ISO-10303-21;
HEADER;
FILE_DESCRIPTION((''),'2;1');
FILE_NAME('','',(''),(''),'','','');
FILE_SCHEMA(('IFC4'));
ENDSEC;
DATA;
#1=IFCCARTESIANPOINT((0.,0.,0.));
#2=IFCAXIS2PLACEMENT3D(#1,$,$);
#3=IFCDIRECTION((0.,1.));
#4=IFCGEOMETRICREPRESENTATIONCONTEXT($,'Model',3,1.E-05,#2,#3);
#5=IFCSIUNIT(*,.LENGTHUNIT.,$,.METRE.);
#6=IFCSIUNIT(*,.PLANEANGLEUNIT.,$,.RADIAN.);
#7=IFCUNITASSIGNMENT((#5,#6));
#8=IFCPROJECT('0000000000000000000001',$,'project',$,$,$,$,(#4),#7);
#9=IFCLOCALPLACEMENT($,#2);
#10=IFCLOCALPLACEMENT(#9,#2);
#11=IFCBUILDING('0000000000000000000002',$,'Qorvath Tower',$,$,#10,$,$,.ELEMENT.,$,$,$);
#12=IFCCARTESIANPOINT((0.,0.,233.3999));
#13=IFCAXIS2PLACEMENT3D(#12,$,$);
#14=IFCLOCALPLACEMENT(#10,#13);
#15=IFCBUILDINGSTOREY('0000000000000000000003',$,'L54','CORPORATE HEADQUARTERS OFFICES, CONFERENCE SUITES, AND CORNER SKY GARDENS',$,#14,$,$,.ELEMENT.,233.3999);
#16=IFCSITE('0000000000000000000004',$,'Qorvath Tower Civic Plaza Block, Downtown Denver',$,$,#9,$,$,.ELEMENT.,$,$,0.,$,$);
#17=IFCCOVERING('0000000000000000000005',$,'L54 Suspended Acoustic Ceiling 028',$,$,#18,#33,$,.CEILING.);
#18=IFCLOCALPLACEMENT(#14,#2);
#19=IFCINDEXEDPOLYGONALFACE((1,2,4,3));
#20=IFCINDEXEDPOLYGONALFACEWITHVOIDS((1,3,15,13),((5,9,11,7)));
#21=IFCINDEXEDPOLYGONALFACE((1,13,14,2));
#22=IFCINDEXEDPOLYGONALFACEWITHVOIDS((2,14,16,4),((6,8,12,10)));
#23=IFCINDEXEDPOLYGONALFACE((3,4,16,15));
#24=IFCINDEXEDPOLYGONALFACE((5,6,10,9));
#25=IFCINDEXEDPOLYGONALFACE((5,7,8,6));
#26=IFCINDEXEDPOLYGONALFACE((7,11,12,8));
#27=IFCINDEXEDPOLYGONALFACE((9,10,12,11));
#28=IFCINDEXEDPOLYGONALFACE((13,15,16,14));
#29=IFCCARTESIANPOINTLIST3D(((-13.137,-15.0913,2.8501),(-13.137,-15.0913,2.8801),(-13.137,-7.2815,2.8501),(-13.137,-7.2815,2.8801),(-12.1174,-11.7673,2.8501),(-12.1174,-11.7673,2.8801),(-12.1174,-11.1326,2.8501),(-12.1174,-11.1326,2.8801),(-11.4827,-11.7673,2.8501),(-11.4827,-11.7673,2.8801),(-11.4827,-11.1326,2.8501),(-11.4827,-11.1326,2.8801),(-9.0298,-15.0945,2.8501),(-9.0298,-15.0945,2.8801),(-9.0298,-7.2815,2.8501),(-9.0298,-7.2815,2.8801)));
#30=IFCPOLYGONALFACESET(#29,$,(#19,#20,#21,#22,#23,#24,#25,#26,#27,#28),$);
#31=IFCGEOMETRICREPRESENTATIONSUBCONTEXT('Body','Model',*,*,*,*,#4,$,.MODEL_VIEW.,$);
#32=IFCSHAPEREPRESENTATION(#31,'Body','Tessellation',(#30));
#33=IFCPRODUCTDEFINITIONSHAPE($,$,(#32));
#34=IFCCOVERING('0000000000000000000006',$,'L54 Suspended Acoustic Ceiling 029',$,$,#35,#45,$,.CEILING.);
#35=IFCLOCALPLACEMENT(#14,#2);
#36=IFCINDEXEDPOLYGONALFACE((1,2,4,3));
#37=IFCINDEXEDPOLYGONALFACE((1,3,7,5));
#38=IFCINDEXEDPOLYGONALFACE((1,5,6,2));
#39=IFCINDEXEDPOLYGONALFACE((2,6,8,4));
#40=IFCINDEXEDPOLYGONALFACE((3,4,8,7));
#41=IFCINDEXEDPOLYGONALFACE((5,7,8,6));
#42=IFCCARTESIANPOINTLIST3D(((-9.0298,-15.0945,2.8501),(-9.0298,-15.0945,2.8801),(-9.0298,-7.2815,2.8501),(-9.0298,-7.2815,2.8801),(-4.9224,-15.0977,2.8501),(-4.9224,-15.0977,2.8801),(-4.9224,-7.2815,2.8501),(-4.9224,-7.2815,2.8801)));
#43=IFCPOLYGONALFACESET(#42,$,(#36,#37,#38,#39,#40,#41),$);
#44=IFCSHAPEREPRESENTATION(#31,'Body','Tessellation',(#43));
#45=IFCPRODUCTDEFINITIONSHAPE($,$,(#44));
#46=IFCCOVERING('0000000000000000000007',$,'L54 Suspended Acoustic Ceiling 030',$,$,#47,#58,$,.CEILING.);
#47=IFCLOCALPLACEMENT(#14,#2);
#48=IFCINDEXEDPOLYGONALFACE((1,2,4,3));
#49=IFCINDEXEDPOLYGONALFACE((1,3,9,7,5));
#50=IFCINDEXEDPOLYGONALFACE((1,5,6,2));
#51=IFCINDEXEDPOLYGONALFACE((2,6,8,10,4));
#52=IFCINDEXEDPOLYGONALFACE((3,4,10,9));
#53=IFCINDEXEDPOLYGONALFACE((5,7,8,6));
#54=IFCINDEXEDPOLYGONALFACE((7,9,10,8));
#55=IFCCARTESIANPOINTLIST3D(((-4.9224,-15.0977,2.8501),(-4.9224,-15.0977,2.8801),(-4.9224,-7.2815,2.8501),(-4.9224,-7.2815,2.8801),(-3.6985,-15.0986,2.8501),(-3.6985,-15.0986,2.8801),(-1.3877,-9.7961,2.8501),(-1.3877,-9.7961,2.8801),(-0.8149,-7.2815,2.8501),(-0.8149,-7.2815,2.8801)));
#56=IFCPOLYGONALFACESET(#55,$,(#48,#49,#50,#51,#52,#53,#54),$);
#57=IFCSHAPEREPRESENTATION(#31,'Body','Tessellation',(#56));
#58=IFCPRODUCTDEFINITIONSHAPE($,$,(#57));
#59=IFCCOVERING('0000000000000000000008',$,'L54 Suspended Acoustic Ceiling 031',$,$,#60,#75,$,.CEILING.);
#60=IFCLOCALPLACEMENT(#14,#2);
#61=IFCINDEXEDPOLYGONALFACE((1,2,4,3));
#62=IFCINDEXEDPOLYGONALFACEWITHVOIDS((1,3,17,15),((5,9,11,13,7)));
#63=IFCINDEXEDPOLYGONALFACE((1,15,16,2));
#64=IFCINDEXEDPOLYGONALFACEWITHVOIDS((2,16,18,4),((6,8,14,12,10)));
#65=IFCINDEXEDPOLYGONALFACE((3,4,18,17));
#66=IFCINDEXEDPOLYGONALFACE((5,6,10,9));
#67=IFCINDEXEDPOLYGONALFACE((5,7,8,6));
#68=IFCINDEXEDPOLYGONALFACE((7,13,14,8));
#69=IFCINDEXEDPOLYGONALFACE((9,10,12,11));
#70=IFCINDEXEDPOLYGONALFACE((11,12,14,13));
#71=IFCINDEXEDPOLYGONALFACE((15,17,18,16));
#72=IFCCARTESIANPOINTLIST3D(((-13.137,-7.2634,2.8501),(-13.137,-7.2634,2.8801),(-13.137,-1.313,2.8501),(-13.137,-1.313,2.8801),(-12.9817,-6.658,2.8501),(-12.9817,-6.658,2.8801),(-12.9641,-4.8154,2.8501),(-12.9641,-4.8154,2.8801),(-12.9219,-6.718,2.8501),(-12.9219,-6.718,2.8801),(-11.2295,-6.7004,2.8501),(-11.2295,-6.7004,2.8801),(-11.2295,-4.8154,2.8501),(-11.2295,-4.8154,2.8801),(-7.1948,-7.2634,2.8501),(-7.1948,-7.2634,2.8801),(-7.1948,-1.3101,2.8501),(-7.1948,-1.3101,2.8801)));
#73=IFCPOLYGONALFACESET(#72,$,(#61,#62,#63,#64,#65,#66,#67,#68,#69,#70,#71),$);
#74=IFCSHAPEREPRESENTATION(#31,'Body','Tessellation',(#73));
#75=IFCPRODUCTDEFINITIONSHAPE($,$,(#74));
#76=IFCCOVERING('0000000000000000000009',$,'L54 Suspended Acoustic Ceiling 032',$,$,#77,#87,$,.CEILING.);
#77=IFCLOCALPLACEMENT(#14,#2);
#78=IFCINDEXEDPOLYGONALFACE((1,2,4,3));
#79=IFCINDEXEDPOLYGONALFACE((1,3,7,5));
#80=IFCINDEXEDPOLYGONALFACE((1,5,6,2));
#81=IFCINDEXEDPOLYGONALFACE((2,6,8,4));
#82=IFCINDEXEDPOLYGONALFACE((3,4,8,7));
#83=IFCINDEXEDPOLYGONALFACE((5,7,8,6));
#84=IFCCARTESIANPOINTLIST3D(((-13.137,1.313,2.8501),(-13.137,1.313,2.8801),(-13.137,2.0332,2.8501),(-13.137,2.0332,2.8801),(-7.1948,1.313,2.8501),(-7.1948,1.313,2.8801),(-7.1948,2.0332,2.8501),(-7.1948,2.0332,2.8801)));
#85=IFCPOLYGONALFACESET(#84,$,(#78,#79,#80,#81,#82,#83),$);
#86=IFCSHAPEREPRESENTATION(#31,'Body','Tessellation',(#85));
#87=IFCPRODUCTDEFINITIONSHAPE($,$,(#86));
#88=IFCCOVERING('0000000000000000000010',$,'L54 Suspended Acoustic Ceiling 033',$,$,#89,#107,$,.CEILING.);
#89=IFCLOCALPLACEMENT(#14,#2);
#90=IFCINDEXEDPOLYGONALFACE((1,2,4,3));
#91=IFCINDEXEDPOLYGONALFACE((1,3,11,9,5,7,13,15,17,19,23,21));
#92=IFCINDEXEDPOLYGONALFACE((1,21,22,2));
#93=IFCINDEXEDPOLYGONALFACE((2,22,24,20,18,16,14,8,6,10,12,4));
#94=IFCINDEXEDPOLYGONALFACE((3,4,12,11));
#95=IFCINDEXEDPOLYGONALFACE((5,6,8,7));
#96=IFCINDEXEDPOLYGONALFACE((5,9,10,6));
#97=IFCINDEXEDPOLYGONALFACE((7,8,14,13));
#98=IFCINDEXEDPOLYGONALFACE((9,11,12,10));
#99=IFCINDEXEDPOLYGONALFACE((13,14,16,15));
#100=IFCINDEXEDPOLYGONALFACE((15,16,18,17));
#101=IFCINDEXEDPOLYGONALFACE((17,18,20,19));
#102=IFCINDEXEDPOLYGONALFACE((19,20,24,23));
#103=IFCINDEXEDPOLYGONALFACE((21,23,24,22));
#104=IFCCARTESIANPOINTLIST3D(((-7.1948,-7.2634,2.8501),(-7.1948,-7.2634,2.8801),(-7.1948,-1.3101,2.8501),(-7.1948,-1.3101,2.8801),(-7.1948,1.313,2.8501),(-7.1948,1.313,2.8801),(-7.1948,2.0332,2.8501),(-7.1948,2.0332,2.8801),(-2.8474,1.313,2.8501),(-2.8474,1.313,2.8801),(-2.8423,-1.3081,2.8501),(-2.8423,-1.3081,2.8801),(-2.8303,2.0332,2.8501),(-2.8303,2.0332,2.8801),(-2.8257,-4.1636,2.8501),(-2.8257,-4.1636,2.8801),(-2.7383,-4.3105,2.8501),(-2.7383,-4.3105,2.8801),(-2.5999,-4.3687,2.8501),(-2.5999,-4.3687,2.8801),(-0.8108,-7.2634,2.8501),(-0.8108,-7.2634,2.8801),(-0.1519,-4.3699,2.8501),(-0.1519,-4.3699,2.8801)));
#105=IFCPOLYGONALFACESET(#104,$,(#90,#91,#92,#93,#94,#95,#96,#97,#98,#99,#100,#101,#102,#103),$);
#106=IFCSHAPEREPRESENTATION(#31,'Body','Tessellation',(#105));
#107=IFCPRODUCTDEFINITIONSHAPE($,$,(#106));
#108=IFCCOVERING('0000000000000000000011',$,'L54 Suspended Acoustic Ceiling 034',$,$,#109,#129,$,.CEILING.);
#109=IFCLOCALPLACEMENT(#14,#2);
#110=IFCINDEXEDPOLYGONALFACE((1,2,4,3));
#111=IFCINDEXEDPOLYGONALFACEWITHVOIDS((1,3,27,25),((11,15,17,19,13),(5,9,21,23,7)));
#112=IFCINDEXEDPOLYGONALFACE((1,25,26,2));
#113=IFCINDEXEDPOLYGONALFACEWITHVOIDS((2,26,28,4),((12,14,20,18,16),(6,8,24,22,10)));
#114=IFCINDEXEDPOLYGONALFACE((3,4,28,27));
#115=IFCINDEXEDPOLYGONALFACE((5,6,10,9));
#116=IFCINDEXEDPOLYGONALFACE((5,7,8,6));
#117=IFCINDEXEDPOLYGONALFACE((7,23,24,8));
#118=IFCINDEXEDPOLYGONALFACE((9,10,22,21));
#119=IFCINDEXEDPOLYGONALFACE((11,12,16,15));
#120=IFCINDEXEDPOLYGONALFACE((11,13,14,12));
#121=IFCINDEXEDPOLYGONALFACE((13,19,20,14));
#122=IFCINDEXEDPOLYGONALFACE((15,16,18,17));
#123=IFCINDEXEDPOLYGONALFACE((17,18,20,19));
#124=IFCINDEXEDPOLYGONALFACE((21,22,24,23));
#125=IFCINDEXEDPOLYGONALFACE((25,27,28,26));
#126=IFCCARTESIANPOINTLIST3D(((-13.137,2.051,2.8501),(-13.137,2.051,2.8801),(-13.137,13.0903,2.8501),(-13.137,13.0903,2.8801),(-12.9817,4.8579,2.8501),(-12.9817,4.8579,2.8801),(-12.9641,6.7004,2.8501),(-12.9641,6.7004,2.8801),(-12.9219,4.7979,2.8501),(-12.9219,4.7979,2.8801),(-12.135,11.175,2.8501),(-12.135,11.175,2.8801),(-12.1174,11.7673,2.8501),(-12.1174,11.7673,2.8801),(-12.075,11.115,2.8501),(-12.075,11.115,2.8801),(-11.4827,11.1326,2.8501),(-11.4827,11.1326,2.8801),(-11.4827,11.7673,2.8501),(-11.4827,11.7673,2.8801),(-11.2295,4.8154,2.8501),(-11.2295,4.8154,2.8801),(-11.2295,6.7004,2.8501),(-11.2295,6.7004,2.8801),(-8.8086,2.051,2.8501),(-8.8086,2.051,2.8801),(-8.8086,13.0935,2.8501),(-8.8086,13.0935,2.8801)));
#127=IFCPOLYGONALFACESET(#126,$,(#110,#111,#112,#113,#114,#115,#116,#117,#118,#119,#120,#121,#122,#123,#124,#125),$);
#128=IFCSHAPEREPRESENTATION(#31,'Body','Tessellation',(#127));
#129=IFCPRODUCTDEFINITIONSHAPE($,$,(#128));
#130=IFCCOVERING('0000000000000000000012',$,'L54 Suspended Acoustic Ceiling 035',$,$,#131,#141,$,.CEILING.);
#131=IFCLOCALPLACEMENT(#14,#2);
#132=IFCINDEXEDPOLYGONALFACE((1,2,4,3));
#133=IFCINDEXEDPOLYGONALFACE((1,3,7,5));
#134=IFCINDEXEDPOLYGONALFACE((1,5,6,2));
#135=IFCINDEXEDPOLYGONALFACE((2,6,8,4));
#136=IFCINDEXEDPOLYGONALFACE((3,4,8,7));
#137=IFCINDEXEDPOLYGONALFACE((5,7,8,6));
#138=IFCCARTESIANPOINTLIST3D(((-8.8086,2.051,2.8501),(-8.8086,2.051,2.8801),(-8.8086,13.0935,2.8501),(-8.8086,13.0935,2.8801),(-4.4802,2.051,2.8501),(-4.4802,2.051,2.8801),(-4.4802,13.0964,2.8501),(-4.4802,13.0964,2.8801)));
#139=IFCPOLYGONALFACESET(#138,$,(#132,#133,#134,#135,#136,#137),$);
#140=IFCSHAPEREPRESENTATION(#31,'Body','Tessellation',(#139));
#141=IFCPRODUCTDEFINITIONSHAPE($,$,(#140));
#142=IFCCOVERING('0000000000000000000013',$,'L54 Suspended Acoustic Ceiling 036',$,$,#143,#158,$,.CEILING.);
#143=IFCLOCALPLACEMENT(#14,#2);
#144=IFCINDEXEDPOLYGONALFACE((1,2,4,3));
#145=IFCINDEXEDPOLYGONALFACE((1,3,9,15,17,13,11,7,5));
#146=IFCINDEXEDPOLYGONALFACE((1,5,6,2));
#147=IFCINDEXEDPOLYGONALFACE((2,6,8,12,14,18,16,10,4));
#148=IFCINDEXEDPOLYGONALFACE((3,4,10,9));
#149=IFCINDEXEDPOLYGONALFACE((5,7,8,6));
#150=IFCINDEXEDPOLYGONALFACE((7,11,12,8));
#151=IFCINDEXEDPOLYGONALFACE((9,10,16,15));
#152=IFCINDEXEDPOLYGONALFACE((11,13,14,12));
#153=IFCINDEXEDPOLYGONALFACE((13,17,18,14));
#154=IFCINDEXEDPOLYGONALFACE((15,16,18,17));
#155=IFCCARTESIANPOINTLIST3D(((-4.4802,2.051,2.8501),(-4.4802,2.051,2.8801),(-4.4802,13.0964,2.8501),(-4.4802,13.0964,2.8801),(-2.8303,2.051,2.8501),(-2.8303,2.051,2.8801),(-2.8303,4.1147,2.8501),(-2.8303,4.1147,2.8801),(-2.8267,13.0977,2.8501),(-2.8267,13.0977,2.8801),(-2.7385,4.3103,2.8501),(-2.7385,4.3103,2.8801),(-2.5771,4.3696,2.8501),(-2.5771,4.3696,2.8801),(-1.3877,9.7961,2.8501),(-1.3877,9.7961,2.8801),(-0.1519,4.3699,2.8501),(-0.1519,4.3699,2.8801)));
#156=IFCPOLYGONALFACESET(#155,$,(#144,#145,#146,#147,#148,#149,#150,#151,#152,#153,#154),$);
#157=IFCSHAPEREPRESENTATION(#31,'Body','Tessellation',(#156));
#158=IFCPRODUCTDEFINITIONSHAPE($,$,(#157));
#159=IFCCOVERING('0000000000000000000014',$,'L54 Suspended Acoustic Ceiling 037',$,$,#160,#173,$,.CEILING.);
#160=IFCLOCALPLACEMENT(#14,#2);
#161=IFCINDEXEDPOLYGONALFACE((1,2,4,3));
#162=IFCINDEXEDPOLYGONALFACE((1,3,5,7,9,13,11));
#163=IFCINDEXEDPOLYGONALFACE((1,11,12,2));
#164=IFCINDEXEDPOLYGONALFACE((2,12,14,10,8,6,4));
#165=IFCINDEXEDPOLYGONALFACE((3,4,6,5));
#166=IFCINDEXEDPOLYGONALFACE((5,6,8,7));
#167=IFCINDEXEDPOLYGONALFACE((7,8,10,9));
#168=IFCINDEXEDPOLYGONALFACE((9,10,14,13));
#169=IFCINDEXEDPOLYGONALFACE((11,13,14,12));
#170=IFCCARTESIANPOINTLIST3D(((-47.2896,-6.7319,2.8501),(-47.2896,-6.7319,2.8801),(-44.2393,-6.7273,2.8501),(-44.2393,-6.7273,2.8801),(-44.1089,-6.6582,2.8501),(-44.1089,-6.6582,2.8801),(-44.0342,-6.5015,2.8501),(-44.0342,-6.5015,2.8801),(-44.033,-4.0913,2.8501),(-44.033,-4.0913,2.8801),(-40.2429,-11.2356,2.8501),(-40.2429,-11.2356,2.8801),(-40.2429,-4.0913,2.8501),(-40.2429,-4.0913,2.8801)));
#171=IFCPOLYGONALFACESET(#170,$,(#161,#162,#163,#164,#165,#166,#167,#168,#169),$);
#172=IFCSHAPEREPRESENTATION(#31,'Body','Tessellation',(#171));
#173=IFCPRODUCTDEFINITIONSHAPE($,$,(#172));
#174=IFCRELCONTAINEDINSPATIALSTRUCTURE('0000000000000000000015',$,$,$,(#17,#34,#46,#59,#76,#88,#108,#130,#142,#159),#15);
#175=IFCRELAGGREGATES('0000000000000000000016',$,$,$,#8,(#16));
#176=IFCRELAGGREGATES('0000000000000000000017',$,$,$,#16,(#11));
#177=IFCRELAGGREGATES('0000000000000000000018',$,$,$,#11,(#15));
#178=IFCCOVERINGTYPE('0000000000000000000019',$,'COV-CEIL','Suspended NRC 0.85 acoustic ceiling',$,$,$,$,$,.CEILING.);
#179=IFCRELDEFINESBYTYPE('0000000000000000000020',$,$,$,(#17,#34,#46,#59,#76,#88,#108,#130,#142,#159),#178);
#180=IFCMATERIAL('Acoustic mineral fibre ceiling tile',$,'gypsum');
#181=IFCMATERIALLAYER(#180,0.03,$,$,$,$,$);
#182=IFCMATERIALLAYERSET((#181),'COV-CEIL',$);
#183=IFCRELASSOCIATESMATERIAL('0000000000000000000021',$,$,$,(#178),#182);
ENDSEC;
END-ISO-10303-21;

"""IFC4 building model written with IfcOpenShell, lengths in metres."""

from ifc_helpers import new_model, si_unit, direction, frame, origin, place, context, subcontext, project, spatial, polyline, outline, extrude, material, layer, layer_set, type_object, element, save


model = new_model("IFC4")

# Units and contexts
model_context = context("Model", 3, precision=1e-05, world=origin(), true_north=direction((0.0, 1.0)))
body_context = subcontext(model_context, "Body", "Model", "MODEL_VIEW")
ifc_project = project(units=[si_unit("LENGTHUNIT", "METRE"), si_unit("PLANEANGLEUNIT", "RADIAN")], contexts=[model_context])

# Site, building, storey
site_placement = place(None, origin())
site = spatial("IfcSite", under=ifc_project, at=site_placement, Name="Qorvath Tower Civic Plaza Block, Downtown Denver", CompositionType="ELEMENT", RefElevation=0.0)
building_placement = place(site_placement, origin())
building = spatial("IfcBuilding", under=site, at=building_placement, Name="Qorvath Tower", CompositionType="ELEMENT")
storey_placement = place(building_placement, frame((0.0, 0.0, 233.3999)))
storey = spatial("IfcBuildingStorey", under=building, at=storey_placement, Name="L54", Description="CORPORATE HEADQUARTERS OFFICES, CONFERENCE SUITES, AND CORNER SKY GARDENS", CompositionType="ELEMENT", Elevation=233.3999)

# Coverings
ifc_material_1 = material(Name="Acoustic mineral fibre ceiling tile", Category="gypsum")
ifc_layer_1 = layer(ifc_material_1, 0.03)
ifc_layer_set_1 = layer_set([ifc_layer_1], Name="COV-CEIL")
covering_type_1 = type_object("IfcCoveringType", Name="COV-CEIL", Description="Suspended NRC 0.85 acoustic ceiling", PredefinedType="CEILING", material=ifc_layer_set_1)
covering_1_placement = place(storey_placement, frame((0.0, 0.0, 2.8501)))
element("IfcCovering", 1, at=covering_1_placement, inside=storey, type_object=covering_type_1, Name="L54 Suspended Acoustic Ceiling 028", PredefinedType="CEILING", context=body_context, shape_type="SweptSolid", body=[
    extrude(outline(polyline([(-13.137, -7.2815), (-13.137, -15.0913), (-9.0298, -15.0945), (-9.0298, -7.2815), (-13.137, -7.2815)]), holes=[polyline([(-12.1174, -11.7673), (-12.1174, -11.1326), (-11.4827, -11.1326), (-11.4827, -11.7673), (-12.1174, -11.7673)])]), origin(), (0.0, 0.0, 1.0), 0.03),
])
covering_2_placement = place(storey_placement, frame((0.0, 0.0, 2.8501)))
element("IfcCovering", 2, at=covering_2_placement, inside=storey, type_object=covering_type_1, Name="L54 Suspended Acoustic Ceiling 029", PredefinedType="CEILING", context=body_context, shape_type="SweptSolid", body=[
    extrude(outline(polyline([(-9.0298, -7.2815), (-9.0298, -15.0945), (-4.9224, -15.0977), (-4.9224, -7.2815), (-9.0298, -7.2815)])), origin(), (0.0, 0.0, 1.0), 0.03),
])
covering_3_placement = place(storey_placement, frame((0.0, 0.0, 2.8501)))
element("IfcCovering", 3, at=covering_3_placement, inside=storey, type_object=covering_type_1, Name="L54 Suspended Acoustic Ceiling 030", PredefinedType="CEILING", context=body_context, shape_type="SweptSolid", body=[
    extrude(outline(polyline([(-4.9224, -7.2815), (-4.9224, -15.0977), (-3.6985, -15.0986), (-1.3877, -9.7961), (-0.8149, -7.2815), (-4.9224, -7.2815)])), origin(), (0.0, 0.0, 1.0), 0.03),
])
covering_4_placement = place(storey_placement, frame((0.0, 0.0, 2.8501)))
element("IfcCovering", 4, at=covering_4_placement, inside=storey, type_object=covering_type_1, Name="L54 Suspended Acoustic Ceiling 031", PredefinedType="CEILING", context=body_context, shape_type="SweptSolid", body=[
    extrude(outline(polyline([(-7.1948, -7.2634), (-7.1948, -1.3101), (-13.137, -1.313), (-13.137, -7.2634), (-7.1948, -7.2634)]), holes=[polyline([(-12.9817, -6.658), (-12.9641, -4.8154), (-11.2295, -4.8154), (-11.2295, -6.7004), (-12.9219, -6.718), (-12.9817, -6.658)])]), origin(), (0.0, 0.0, 1.0), 0.03),
])
covering_5_placement = place(storey_placement, frame((0.0, 0.0, 2.8501)))
element("IfcCovering", 5, at=covering_5_placement, inside=storey, type_object=covering_type_1, Name="L54 Suspended Acoustic Ceiling 032", PredefinedType="CEILING", context=body_context, shape_type="SweptSolid", body=[
    extrude(outline(polyline([(-7.1948, 1.313), (-7.1948, 2.0332), (-13.137, 2.0332), (-13.137, 1.313), (-7.1948, 1.313)])), origin(), (0.0, 0.0, 1.0), 0.03),
])
covering_6_placement = place(storey_placement, frame((0.0, 0.0, 2.8501)))
element("IfcCovering", 6, at=covering_6_placement, inside=storey, type_object=covering_type_1, Name="L54 Suspended Acoustic Ceiling 033", PredefinedType="CEILING", context=body_context, shape_type="SweptSolid", body=[
    extrude(outline(polyline([(-2.7383, -4.3105), (-2.8257, -4.1636), (-2.8303, 2.0332), (-7.1948, 2.0332), (-7.1948, 1.313), (-2.8474, 1.313), (-2.8423, -1.3081), (-7.1948, -1.3101), (-7.1948, -7.2634), (-0.8108, -7.2634), (-0.1519, -4.3699), (-2.5999, -4.3687), (-2.7383, -4.3105)])), origin(), (0.0, 0.0, 1.0), 0.03),
])
covering_7_placement = place(storey_placement, frame((0.0, 0.0, 2.8501)))
element("IfcCovering", 7, at=covering_7_placement, inside=storey, type_object=covering_type_1, Name="L54 Suspended Acoustic Ceiling 034", PredefinedType="CEILING", context=body_context, shape_type="SweptSolid", body=[
    extrude(outline(polyline([(-8.8086, 2.051), (-8.8086, 13.0935), (-13.137, 13.0903), (-13.137, 2.051), (-8.8086, 2.051)]), holes=[polyline([(-12.9817, 4.8579), (-12.9641, 6.7004), (-11.2295, 6.7004), (-11.2295, 4.8154), (-12.9219, 4.7979), (-12.9817, 4.8579)]), polyline([(-12.135, 11.175), (-12.1174, 11.7673), (-11.4827, 11.7673), (-11.4827, 11.1326), (-12.075, 11.115), (-12.135, 11.175)])]), origin(), (0.0, 0.0, 1.0), 0.03),
])
covering_8_placement = place(storey_placement, frame((0.0, 0.0, 2.8501)))
element("IfcCovering", 8, at=covering_8_placement, inside=storey, type_object=covering_type_1, Name="L54 Suspended Acoustic Ceiling 035", PredefinedType="CEILING", context=body_context, shape_type="SweptSolid", body=[
    extrude(outline(polyline([(-4.4802, 2.051), (-4.4802, 13.0964), (-8.8086, 13.0935), (-8.8086, 2.051), (-4.4802, 2.051)])), origin(), (0.0, 0.0, 1.0), 0.03),
])
covering_9_placement = place(storey_placement, frame((0.0, 0.0, 2.8501)))
element("IfcCovering", 9, at=covering_9_placement, inside=storey, type_object=covering_type_1, Name="L54 Suspended Acoustic Ceiling 036", PredefinedType="CEILING", context=body_context, shape_type="SweptSolid", body=[
    extrude(outline(polyline([(-2.5771, 4.3696), (-0.1519, 4.3699), (-1.3877, 9.7961), (-2.8267, 13.0977), (-4.4802, 13.0964), (-4.4802, 2.051), (-2.8303, 2.051), (-2.8303, 4.1147), (-2.7385, 4.3103), (-2.5771, 4.3696)])), origin(), (0.0, 0.0, 1.0), 0.03),
])
covering_10_placement = place(storey_placement, frame((0.0, 0.0, 2.8501)))
element("IfcCovering", 10, at=covering_10_placement, inside=storey, type_object=covering_type_1, Name="L54 Suspended Acoustic Ceiling 037", PredefinedType="CEILING", context=body_context, shape_type="SweptSolid", body=[
    extrude(outline(polyline([(-44.1089, -6.6582), (-44.2393, -6.7273), (-47.2896, -6.7319), (-40.2429, -11.2356), (-40.2429, -4.0913), (-44.033, -4.0913), (-44.0342, -6.5015), (-44.1089, -6.6582)])), origin(), (0.0, 0.0, 1.0), 0.03),
])

save(model, "model.ifc")
